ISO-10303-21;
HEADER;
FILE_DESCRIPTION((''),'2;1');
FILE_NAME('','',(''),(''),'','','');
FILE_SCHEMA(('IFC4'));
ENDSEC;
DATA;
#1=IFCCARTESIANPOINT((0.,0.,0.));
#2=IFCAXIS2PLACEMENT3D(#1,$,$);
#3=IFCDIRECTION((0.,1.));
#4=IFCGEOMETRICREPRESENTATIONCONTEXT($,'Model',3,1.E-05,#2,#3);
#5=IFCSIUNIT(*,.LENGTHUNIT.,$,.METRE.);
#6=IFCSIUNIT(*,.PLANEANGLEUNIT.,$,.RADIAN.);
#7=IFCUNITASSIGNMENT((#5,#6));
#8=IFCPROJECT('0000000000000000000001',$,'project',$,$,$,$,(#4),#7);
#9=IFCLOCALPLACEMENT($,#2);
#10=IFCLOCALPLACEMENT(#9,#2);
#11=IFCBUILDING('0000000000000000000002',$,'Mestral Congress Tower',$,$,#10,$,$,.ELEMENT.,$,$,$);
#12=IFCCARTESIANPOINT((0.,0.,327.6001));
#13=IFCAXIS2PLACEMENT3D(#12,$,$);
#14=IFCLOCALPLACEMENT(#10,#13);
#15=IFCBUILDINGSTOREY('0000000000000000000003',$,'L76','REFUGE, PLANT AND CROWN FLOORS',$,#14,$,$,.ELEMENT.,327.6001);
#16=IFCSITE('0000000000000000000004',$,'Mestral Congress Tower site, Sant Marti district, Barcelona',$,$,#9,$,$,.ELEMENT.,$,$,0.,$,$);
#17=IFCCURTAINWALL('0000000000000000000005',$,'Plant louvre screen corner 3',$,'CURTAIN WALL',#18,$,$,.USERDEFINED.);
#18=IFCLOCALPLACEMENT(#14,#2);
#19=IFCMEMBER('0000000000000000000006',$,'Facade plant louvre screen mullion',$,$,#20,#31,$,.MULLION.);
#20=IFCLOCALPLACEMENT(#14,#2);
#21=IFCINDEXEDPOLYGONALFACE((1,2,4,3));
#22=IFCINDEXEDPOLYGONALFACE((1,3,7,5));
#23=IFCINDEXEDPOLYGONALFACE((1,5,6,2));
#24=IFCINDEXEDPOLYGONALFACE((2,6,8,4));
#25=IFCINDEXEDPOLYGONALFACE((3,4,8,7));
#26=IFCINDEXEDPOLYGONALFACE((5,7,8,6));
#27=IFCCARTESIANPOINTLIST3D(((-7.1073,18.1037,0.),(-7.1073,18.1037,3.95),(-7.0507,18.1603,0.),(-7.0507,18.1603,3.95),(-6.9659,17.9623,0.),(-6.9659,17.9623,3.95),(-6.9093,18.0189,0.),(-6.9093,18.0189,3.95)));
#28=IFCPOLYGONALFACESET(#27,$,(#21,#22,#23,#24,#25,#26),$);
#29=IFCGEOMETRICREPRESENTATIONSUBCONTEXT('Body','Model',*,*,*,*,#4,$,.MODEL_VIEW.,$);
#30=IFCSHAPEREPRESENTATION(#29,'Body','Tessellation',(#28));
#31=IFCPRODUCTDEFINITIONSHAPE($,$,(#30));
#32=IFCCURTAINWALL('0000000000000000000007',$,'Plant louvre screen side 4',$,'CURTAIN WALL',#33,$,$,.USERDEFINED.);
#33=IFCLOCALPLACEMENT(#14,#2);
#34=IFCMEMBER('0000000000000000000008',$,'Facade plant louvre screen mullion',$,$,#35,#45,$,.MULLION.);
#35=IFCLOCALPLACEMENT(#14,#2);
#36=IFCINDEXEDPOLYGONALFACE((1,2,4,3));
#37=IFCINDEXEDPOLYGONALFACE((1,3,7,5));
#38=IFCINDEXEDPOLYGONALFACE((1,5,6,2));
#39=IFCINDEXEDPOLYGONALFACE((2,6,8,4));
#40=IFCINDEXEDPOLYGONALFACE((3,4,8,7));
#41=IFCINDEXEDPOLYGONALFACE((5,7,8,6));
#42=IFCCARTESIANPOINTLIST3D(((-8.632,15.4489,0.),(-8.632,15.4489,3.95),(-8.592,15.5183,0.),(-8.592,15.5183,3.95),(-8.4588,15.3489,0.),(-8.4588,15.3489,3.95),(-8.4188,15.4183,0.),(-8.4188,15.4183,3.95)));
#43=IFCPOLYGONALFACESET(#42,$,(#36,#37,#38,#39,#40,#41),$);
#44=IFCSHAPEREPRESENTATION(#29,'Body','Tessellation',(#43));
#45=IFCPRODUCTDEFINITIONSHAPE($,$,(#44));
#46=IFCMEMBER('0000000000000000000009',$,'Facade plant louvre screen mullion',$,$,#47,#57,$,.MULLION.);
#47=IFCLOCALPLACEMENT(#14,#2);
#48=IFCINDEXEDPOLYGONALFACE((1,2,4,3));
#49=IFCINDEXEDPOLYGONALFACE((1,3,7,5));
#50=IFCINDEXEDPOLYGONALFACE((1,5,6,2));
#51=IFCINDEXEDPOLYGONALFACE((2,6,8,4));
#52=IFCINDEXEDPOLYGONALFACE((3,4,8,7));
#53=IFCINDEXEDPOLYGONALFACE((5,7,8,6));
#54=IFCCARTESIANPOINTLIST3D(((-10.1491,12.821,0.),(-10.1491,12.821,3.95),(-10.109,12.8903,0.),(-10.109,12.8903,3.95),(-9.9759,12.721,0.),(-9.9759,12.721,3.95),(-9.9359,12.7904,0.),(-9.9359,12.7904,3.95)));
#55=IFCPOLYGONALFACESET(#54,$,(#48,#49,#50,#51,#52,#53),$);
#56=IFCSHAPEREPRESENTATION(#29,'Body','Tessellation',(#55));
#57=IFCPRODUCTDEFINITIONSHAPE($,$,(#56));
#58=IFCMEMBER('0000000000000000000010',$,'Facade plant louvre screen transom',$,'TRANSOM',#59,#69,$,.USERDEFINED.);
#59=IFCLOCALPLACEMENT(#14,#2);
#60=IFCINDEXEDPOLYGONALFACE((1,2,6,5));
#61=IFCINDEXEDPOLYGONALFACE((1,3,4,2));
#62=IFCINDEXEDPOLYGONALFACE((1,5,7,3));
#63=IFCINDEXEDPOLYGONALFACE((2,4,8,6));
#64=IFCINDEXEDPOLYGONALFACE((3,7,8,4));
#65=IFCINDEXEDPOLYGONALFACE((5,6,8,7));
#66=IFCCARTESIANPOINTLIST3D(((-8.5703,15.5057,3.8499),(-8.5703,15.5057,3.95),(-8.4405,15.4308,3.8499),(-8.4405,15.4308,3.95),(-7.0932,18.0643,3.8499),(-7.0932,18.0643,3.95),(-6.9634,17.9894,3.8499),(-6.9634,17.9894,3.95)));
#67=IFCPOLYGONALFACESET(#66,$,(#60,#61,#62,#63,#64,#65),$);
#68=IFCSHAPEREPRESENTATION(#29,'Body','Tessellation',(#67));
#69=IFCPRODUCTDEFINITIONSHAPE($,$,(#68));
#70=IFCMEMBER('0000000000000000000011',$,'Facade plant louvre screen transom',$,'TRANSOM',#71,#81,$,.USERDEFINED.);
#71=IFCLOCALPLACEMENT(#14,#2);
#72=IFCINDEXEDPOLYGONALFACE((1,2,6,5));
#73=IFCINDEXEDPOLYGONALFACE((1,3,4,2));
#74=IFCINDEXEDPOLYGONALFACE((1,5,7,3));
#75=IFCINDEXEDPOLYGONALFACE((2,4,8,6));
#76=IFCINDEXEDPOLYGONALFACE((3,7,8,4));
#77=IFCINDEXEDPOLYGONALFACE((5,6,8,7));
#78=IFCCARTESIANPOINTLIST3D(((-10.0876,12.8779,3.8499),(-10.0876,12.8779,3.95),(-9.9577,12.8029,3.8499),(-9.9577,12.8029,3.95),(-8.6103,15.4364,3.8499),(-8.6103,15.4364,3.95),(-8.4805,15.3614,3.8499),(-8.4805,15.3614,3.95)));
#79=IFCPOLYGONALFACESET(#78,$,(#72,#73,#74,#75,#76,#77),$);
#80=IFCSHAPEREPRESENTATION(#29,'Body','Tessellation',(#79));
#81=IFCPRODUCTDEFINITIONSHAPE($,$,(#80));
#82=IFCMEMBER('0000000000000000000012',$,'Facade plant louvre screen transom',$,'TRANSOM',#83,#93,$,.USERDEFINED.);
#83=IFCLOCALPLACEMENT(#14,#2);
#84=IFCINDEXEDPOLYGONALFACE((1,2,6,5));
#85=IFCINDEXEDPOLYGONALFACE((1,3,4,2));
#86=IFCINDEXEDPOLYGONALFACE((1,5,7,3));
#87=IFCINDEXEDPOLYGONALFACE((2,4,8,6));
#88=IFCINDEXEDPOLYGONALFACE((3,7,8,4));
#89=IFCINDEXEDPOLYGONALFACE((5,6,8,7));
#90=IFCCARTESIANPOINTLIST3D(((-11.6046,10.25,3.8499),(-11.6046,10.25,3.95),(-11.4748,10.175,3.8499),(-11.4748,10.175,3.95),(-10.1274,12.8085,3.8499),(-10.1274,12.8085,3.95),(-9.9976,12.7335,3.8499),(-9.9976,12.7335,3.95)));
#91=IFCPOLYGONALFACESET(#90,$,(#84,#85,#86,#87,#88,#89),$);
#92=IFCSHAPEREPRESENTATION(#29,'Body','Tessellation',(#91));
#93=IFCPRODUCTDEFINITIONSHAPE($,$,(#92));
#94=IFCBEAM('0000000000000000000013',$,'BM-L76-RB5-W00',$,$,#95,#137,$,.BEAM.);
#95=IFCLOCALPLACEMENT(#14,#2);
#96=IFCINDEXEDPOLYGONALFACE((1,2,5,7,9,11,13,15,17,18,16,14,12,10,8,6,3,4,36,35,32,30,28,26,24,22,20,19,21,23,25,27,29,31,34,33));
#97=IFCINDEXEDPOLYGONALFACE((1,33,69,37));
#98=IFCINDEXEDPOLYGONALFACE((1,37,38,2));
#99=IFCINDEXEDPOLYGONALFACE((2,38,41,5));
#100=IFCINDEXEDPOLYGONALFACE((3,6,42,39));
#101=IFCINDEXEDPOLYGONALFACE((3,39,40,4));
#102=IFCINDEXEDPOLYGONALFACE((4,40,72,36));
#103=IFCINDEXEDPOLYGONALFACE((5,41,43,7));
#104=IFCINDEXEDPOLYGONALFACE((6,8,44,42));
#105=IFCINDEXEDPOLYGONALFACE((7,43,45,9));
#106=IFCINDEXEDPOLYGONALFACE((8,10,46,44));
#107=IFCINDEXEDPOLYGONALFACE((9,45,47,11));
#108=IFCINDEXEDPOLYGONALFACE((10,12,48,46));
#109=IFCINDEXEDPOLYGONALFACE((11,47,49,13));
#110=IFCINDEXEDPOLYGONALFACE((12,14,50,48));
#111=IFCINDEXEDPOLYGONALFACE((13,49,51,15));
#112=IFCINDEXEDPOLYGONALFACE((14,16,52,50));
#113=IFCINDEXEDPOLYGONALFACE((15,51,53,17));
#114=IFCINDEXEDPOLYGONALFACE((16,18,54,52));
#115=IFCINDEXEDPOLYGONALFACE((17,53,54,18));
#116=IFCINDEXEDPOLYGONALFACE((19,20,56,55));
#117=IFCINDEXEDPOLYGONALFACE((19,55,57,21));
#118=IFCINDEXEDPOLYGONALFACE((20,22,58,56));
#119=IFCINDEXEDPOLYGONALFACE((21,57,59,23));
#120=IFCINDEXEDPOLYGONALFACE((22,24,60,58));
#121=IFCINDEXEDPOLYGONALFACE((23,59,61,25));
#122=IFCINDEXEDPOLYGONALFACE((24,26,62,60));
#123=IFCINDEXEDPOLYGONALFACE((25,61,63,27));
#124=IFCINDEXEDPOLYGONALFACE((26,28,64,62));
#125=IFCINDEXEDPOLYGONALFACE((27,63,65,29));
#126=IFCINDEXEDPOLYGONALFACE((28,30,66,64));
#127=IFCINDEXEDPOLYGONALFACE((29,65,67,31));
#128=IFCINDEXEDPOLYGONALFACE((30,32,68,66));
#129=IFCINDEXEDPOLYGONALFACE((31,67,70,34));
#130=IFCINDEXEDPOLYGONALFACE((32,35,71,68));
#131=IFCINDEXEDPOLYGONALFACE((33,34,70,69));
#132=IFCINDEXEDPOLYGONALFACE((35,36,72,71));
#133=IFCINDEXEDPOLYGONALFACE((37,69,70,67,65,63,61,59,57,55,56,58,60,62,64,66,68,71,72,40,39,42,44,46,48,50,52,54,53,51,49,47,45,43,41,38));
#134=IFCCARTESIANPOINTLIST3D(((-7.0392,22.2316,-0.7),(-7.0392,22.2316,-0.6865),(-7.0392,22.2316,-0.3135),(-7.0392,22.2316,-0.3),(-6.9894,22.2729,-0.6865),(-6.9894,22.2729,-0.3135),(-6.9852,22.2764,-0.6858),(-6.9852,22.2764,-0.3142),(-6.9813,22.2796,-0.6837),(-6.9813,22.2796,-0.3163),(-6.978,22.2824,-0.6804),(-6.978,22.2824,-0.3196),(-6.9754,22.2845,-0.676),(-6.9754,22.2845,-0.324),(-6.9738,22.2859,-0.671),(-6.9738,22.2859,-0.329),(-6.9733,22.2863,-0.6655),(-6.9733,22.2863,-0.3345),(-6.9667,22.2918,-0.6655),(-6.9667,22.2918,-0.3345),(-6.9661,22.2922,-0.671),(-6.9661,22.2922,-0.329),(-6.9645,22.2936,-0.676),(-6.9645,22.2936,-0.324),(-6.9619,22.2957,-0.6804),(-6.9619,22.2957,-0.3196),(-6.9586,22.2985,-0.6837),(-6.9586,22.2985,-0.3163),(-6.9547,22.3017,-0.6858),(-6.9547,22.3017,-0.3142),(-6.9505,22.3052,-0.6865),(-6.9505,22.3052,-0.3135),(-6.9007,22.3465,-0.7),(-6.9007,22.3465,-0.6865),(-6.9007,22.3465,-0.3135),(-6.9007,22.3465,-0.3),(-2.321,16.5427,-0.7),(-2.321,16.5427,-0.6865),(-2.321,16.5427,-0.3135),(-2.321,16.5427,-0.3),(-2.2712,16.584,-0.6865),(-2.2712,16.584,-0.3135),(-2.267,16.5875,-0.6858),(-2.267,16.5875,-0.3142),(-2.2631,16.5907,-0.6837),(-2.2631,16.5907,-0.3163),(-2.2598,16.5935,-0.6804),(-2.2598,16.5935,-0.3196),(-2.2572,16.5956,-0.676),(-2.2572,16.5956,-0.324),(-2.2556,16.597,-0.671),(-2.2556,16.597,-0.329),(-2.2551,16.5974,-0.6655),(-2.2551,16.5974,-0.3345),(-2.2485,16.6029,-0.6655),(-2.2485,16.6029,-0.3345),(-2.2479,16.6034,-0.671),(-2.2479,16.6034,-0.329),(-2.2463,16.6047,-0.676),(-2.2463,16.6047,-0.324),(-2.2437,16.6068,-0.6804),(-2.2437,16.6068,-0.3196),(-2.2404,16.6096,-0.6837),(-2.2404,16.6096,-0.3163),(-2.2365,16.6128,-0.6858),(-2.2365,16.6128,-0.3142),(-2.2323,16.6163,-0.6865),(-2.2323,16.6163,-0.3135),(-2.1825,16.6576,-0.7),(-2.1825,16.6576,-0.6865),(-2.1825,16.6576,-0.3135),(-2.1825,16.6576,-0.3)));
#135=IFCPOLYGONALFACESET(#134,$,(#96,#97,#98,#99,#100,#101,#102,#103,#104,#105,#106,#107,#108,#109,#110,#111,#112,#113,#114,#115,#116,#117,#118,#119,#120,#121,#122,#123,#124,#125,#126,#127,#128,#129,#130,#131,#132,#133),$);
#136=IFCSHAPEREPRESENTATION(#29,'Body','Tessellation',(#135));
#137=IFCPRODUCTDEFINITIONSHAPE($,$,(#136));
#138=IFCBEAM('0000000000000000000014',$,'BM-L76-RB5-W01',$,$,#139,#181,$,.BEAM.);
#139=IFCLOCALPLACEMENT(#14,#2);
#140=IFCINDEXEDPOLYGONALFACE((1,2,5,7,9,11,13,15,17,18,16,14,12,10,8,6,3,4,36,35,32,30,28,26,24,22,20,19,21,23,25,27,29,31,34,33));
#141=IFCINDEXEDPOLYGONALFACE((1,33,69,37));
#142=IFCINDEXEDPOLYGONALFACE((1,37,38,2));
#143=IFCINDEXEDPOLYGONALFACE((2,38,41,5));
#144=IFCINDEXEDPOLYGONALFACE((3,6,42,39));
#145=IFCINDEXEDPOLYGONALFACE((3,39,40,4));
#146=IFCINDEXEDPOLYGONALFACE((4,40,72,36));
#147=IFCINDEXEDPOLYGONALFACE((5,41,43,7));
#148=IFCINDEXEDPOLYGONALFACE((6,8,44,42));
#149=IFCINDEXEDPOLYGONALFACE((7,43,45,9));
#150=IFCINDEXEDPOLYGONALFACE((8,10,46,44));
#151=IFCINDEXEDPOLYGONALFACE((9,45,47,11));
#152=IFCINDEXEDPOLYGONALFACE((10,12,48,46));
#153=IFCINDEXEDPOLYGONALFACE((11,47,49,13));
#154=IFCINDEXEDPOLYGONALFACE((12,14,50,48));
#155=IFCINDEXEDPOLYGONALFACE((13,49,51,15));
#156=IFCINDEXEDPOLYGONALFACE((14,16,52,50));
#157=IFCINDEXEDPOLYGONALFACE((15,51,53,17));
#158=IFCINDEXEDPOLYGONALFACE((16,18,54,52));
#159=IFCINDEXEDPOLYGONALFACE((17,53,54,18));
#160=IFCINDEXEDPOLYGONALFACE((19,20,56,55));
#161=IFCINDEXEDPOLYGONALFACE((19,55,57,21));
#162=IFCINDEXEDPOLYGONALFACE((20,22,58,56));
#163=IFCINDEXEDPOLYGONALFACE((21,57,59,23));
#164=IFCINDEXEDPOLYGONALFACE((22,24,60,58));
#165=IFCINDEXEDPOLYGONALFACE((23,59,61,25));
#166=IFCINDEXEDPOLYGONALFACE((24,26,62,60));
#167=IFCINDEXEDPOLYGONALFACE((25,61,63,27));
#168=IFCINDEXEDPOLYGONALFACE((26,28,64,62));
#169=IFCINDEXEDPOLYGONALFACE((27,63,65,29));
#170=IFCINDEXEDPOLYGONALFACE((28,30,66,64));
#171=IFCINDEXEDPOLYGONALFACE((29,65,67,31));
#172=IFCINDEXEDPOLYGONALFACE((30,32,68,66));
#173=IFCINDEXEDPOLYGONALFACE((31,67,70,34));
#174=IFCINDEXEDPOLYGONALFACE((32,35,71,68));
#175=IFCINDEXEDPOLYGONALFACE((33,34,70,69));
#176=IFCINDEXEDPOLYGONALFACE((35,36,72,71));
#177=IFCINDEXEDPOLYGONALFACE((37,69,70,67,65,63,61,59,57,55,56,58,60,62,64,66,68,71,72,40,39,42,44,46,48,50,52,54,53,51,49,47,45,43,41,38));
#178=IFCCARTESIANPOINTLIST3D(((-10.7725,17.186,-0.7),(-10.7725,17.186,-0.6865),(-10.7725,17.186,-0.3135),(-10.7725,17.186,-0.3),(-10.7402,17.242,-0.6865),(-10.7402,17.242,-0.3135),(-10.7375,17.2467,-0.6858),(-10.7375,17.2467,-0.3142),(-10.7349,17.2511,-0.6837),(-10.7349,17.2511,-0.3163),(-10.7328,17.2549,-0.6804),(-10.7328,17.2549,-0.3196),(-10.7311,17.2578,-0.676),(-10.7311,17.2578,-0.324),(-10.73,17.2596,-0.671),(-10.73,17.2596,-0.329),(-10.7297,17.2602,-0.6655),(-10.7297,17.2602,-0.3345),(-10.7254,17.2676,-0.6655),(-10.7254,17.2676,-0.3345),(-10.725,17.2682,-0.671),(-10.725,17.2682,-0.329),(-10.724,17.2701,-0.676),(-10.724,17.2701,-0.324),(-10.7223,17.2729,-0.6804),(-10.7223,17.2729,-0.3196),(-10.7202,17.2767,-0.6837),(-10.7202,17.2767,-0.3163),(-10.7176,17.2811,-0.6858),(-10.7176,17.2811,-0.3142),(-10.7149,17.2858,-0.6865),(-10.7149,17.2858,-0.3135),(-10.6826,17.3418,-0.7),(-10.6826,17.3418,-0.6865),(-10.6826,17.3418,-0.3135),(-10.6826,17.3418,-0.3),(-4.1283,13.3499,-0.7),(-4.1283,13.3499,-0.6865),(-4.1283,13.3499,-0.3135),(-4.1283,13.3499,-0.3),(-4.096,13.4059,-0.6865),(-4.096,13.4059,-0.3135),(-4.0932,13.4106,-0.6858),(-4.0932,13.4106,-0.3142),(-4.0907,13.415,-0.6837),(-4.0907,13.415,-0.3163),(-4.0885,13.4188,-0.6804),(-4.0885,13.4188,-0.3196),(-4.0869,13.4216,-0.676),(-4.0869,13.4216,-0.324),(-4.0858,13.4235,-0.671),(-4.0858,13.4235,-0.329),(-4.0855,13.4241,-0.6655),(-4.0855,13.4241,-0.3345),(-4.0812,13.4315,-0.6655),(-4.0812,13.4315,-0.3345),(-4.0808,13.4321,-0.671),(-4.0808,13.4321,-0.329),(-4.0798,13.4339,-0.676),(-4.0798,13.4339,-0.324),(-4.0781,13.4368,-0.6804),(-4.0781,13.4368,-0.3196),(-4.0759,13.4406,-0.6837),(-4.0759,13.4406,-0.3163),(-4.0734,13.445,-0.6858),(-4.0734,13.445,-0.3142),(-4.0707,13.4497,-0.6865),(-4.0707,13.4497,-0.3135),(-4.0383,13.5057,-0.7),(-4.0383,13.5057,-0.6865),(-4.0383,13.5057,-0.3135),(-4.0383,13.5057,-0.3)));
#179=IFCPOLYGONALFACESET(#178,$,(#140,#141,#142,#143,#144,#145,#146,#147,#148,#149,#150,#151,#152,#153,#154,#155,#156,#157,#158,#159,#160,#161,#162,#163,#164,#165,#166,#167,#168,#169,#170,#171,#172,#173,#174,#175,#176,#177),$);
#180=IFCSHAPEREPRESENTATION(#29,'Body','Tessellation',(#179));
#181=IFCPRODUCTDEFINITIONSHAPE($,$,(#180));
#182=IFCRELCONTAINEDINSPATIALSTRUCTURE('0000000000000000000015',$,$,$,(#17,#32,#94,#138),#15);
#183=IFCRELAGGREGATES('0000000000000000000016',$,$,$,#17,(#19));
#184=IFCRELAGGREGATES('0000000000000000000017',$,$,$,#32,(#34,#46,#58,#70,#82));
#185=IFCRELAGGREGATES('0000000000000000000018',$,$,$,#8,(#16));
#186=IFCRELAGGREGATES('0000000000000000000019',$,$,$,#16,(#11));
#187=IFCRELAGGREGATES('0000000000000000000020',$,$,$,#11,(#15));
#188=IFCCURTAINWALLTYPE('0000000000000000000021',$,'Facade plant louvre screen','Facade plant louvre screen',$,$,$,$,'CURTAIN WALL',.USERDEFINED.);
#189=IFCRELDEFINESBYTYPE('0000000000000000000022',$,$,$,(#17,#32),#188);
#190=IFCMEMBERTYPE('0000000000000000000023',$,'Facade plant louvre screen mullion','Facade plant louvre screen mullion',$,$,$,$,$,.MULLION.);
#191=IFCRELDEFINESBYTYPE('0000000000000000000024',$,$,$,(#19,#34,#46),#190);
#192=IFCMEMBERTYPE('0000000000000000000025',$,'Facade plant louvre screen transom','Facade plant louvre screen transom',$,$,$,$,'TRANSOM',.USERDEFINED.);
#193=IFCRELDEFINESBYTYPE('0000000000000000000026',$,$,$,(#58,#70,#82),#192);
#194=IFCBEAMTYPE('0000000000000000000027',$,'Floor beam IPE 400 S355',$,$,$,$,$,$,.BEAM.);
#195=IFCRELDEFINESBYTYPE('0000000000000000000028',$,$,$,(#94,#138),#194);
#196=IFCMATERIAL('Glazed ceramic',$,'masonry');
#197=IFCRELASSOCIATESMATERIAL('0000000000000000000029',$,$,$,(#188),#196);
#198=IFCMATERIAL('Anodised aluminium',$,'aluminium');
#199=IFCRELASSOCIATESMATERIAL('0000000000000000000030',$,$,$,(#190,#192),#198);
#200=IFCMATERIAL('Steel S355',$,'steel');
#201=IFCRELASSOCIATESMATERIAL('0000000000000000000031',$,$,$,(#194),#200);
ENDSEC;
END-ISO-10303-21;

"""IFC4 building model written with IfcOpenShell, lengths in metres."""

from ifc_helpers import new_model, si_unit, direction, frame, origin, origin_2d, place, context, subcontext, project, spatial, rectangle, i_section, extrude, material, material_profile, profile_set, type_object, element, aggregate, save


model = new_model("IFC4")

# Units and contexts
model_context = context("Model", 3, precision=1e-05, world=origin(), true_north=direction((0.0, 1.0)))
body_context = subcontext(model_context, "Body", "Model", "MODEL_VIEW")
ifc_project = project(units=[si_unit("LENGTHUNIT", "METRE"), si_unit("PLANEANGLEUNIT", "RADIAN")], contexts=[model_context])

# Site, building, storey
site_placement = place(None, origin())
site = spatial("IfcSite", under=ifc_project, at=site_placement, Name="Mestral Congress Tower site, Sant Marti district, Barcelona", CompositionType="ELEMENT", RefElevation=0.0)
building_placement = place(site_placement, origin())
building = spatial("IfcBuilding", under=site, at=building_placement, Name="Mestral Congress Tower", CompositionType="ELEMENT")
storey_placement = place(building_placement, frame((0.0, 0.0, 327.6001)))
storey = spatial("IfcBuildingStorey", under=building, at=storey_placement, Name="L76", Description="REFUGE, PLANT AND CROWN FLOORS", CompositionType="ELEMENT", Elevation=327.6001)

# Shared definitions
ifc_material_1 = material(Name="Steel S355", Category="steel")

# Curtain wall, member
ifc_material_2 = material(Name="Glazed ceramic", Category="masonry")
curtain_wall_type = type_object("IfcCurtainWallType", Name="Facade plant louvre screen", Description="Facade plant louvre screen", ElementType="CURTAIN WALL", PredefinedType="USERDEFINED", material=ifc_material_2)
placement = place(storey_placement, origin())
curtain_wall_1 = element("IfcCurtainWall", 1, at=placement, inside=storey, type_object=curtain_wall_type, Name="Plant louvre screen corner 3", ObjectType="CURTAIN WALL", PredefinedType="USERDEFINED")
ifc_material_3 = material(Name="Anodised aluminium", Category="aluminium")
ifc_material_profile_1 = material_profile(ifc_material_3, rectangle(XDim=0.2, YDim=0.0801, at=origin_2d()), Name="CW6 mullion 200 x 80")
ifc_profile_set_1 = profile_set([ifc_material_profile_1], Name="Anodised aluminium")
member_type_1 = type_object("IfcMemberType", Name="Facade plant louvre screen mullion", Description="Facade plant louvre screen mullion", PredefinedType="MULLION", material=ifc_profile_set_1)
member_1_placement = place(storey_placement, frame((-7.0083, 18.0613, 0.0), z_axis=(0.0, 0.0, 1.0), x_axis=(-0.707107, 0.707107, 0.0)))
member_1 = element("IfcMember", 2, at=member_1_placement, type_object=member_type_1, Name="Facade plant louvre screen mullion", PredefinedType="MULLION", context=body_context, shape_type="SweptSolid", body=[
    extrude(rectangle(XDim=0.2, YDim=0.0801, at=origin_2d()), origin(), (0.0, 0.0, 1.0), 3.95),
])
aggregate(curtain_wall_1, [member_1])

# Curtain wall, members
curtain_wall_2 = element("IfcCurtainWall", 3, at=placement, inside=storey, type_object=curtain_wall_type, Name="Plant louvre screen side 4", ObjectType="CURTAIN WALL", PredefinedType="USERDEFINED")
member_2_placement = place(storey_placement, frame((-8.5254, 15.4336, 0.0), z_axis=(0.0, 0.0, 1.0), x_axis=(-0.866025, 0.500002, 0.0)))
member_2 = element("IfcMember", 4, at=member_2_placement, type_object=member_type_1, Name="Facade plant louvre screen mullion", PredefinedType="MULLION", context=body_context, shape_type="SweptSolid", body=[
    extrude(rectangle(XDim=0.2, YDim=0.0801, at=origin_2d()), origin(), (0.0, 0.0, 1.0), 3.95),
])
member_3_placement = place(storey_placement, frame((-10.0425, 12.8057, 0.0), z_axis=(0.0, 0.0, 1.0), x_axis=(-0.866025, 0.500002, 0.0)))
member_3 = element("IfcMember", 5, at=member_3_placement, type_object=member_type_1, Name="Facade plant louvre screen mullion", PredefinedType="MULLION", context=body_context, shape_type="SweptSolid", body=[
    extrude(rectangle(XDim=0.2, YDim=0.0801, at=origin_2d()), origin(), (0.0, 0.0, 1.0), 3.95),
])
ifc_material_profile_2 = material_profile(ifc_material_3, rectangle(XDim=0.1499, YDim=0.1001, at=origin_2d()), Name="CW6 transom 150 x 100")
ifc_profile_set_2 = profile_set([ifc_material_profile_2], Name="Anodised aluminium")
member_type_2 = type_object("IfcMemberType", Name="Facade plant louvre screen transom", Description="Facade plant louvre screen transom", ElementType="TRANSOM", PredefinedType="USERDEFINED", material=ifc_profile_set_2)
member_4_placement = place(storey_placement, frame((-7.0283, 18.0269, 3.8999), z_axis=(-0.499961, -0.866048, 0.0), x_axis=(0.866048, -0.499961, 0.0)))
member_4 = element("IfcMember", 6, at=member_4_placement, type_object=member_type_2, Name="Facade plant louvre screen transom", ObjectType="TRANSOM", PredefinedType="USERDEFINED", context=body_context, shape_type="SweptSolid", body=[
    extrude(rectangle(XDim=0.1499, YDim=0.1001, at=origin_2d()), origin(), (0.0, 0.0, 1.0), 2.9543),
])
member_5_placement = place(storey_placement, frame((-8.5454, 15.3989, 3.8999), z_axis=(-0.500023, -0.866012, 0.0), x_axis=(0.866012, -0.500023, 0.0)))
member_5 = element("IfcMember", 7, at=member_5_placement, type_object=member_type_2, Name="Facade plant louvre screen transom", ObjectType="TRANSOM", PredefinedType="USERDEFINED", context=body_context, shape_type="SweptSolid", body=[
    extrude(rectangle(XDim=0.1499, YDim=0.1001, at=origin_2d()), origin(), (0.0, 0.0, 1.0), 2.9543),
])
member_6_placement = place(storey_placement, frame((-10.0625, 12.771, 3.8999), z_axis=(-0.500023, -0.866012, 0.0), x_axis=(0.866012, -0.500023, 0.0)))
member_6 = element("IfcMember", 8, at=member_6_placement, type_object=member_type_2, Name="Facade plant louvre screen transom", ObjectType="TRANSOM", PredefinedType="USERDEFINED", context=body_context, shape_type="SweptSolid", body=[
    extrude(rectangle(XDim=0.1499, YDim=0.1001, at=origin_2d()), origin(), (0.0, 0.0, 1.0), 2.9543),
])

# Beams
ifc_material_profile_3 = material_profile(ifc_material_1, i_section(OverallWidth=0.1799, OverallDepth=0.3999, WebThickness=0.0085, FlangeThickness=0.0134, FilletRadius=0.021, at=origin_2d()), Name="IPE 400")
ifc_profile_set_3 = profile_set([ifc_material_profile_3], Name="Steel S355")
beam_type_1 = type_object("IfcBeamType", Name="Floor beam IPE 400 S355", PredefinedType="BEAM", material=ifc_profile_set_3)
beam_1_placement = place(storey_placement, frame((-6.97, 22.2891, -0.5), z_axis=(0.638383, -0.769719, 0.0), x_axis=(0.769719, 0.638383, 0.0)))
element("IfcBeam", 9, at=beam_1_placement, inside=storey, type_object=beam_type_1, Name="BM-L76-RB5-W00", PredefinedType="BEAM", context=body_context, shape_type="SweptSolid", body=[
    extrude(i_section(OverallWidth=0.1799, OverallDepth=0.3999, WebThickness=0.0085, FlangeThickness=0.0134, FilletRadius=0.021, at=origin_2d()), origin(), (0.0, 0.0, 1.0), 7.3909),
])
beam_2_placement = place(storey_placement, frame((-10.7275, 17.2639, -0.5), z_axis=(0.86602, -0.50001, 0.0), x_axis=(0.50001, 0.86602, 0.0)))
element("IfcBeam", 10, at=beam_2_placement, inside=storey, type_object=beam_type_1, Name="BM-L76-RB5-W01", PredefinedType="BEAM", context=body_context, shape_type="SweptSolid", body=[
    extrude(i_section(OverallWidth=0.1799, OverallDepth=0.3999, WebThickness=0.0085, FlangeThickness=0.0134, FilletRadius=0.021, at=origin_2d()), origin(), (0.0, 0.0, 1.0), 7.6721),
])

aggregate(curtain_wall_2, [member_2, member_3, member_4, member_5, member_6])

save(model, "model.ifc")
